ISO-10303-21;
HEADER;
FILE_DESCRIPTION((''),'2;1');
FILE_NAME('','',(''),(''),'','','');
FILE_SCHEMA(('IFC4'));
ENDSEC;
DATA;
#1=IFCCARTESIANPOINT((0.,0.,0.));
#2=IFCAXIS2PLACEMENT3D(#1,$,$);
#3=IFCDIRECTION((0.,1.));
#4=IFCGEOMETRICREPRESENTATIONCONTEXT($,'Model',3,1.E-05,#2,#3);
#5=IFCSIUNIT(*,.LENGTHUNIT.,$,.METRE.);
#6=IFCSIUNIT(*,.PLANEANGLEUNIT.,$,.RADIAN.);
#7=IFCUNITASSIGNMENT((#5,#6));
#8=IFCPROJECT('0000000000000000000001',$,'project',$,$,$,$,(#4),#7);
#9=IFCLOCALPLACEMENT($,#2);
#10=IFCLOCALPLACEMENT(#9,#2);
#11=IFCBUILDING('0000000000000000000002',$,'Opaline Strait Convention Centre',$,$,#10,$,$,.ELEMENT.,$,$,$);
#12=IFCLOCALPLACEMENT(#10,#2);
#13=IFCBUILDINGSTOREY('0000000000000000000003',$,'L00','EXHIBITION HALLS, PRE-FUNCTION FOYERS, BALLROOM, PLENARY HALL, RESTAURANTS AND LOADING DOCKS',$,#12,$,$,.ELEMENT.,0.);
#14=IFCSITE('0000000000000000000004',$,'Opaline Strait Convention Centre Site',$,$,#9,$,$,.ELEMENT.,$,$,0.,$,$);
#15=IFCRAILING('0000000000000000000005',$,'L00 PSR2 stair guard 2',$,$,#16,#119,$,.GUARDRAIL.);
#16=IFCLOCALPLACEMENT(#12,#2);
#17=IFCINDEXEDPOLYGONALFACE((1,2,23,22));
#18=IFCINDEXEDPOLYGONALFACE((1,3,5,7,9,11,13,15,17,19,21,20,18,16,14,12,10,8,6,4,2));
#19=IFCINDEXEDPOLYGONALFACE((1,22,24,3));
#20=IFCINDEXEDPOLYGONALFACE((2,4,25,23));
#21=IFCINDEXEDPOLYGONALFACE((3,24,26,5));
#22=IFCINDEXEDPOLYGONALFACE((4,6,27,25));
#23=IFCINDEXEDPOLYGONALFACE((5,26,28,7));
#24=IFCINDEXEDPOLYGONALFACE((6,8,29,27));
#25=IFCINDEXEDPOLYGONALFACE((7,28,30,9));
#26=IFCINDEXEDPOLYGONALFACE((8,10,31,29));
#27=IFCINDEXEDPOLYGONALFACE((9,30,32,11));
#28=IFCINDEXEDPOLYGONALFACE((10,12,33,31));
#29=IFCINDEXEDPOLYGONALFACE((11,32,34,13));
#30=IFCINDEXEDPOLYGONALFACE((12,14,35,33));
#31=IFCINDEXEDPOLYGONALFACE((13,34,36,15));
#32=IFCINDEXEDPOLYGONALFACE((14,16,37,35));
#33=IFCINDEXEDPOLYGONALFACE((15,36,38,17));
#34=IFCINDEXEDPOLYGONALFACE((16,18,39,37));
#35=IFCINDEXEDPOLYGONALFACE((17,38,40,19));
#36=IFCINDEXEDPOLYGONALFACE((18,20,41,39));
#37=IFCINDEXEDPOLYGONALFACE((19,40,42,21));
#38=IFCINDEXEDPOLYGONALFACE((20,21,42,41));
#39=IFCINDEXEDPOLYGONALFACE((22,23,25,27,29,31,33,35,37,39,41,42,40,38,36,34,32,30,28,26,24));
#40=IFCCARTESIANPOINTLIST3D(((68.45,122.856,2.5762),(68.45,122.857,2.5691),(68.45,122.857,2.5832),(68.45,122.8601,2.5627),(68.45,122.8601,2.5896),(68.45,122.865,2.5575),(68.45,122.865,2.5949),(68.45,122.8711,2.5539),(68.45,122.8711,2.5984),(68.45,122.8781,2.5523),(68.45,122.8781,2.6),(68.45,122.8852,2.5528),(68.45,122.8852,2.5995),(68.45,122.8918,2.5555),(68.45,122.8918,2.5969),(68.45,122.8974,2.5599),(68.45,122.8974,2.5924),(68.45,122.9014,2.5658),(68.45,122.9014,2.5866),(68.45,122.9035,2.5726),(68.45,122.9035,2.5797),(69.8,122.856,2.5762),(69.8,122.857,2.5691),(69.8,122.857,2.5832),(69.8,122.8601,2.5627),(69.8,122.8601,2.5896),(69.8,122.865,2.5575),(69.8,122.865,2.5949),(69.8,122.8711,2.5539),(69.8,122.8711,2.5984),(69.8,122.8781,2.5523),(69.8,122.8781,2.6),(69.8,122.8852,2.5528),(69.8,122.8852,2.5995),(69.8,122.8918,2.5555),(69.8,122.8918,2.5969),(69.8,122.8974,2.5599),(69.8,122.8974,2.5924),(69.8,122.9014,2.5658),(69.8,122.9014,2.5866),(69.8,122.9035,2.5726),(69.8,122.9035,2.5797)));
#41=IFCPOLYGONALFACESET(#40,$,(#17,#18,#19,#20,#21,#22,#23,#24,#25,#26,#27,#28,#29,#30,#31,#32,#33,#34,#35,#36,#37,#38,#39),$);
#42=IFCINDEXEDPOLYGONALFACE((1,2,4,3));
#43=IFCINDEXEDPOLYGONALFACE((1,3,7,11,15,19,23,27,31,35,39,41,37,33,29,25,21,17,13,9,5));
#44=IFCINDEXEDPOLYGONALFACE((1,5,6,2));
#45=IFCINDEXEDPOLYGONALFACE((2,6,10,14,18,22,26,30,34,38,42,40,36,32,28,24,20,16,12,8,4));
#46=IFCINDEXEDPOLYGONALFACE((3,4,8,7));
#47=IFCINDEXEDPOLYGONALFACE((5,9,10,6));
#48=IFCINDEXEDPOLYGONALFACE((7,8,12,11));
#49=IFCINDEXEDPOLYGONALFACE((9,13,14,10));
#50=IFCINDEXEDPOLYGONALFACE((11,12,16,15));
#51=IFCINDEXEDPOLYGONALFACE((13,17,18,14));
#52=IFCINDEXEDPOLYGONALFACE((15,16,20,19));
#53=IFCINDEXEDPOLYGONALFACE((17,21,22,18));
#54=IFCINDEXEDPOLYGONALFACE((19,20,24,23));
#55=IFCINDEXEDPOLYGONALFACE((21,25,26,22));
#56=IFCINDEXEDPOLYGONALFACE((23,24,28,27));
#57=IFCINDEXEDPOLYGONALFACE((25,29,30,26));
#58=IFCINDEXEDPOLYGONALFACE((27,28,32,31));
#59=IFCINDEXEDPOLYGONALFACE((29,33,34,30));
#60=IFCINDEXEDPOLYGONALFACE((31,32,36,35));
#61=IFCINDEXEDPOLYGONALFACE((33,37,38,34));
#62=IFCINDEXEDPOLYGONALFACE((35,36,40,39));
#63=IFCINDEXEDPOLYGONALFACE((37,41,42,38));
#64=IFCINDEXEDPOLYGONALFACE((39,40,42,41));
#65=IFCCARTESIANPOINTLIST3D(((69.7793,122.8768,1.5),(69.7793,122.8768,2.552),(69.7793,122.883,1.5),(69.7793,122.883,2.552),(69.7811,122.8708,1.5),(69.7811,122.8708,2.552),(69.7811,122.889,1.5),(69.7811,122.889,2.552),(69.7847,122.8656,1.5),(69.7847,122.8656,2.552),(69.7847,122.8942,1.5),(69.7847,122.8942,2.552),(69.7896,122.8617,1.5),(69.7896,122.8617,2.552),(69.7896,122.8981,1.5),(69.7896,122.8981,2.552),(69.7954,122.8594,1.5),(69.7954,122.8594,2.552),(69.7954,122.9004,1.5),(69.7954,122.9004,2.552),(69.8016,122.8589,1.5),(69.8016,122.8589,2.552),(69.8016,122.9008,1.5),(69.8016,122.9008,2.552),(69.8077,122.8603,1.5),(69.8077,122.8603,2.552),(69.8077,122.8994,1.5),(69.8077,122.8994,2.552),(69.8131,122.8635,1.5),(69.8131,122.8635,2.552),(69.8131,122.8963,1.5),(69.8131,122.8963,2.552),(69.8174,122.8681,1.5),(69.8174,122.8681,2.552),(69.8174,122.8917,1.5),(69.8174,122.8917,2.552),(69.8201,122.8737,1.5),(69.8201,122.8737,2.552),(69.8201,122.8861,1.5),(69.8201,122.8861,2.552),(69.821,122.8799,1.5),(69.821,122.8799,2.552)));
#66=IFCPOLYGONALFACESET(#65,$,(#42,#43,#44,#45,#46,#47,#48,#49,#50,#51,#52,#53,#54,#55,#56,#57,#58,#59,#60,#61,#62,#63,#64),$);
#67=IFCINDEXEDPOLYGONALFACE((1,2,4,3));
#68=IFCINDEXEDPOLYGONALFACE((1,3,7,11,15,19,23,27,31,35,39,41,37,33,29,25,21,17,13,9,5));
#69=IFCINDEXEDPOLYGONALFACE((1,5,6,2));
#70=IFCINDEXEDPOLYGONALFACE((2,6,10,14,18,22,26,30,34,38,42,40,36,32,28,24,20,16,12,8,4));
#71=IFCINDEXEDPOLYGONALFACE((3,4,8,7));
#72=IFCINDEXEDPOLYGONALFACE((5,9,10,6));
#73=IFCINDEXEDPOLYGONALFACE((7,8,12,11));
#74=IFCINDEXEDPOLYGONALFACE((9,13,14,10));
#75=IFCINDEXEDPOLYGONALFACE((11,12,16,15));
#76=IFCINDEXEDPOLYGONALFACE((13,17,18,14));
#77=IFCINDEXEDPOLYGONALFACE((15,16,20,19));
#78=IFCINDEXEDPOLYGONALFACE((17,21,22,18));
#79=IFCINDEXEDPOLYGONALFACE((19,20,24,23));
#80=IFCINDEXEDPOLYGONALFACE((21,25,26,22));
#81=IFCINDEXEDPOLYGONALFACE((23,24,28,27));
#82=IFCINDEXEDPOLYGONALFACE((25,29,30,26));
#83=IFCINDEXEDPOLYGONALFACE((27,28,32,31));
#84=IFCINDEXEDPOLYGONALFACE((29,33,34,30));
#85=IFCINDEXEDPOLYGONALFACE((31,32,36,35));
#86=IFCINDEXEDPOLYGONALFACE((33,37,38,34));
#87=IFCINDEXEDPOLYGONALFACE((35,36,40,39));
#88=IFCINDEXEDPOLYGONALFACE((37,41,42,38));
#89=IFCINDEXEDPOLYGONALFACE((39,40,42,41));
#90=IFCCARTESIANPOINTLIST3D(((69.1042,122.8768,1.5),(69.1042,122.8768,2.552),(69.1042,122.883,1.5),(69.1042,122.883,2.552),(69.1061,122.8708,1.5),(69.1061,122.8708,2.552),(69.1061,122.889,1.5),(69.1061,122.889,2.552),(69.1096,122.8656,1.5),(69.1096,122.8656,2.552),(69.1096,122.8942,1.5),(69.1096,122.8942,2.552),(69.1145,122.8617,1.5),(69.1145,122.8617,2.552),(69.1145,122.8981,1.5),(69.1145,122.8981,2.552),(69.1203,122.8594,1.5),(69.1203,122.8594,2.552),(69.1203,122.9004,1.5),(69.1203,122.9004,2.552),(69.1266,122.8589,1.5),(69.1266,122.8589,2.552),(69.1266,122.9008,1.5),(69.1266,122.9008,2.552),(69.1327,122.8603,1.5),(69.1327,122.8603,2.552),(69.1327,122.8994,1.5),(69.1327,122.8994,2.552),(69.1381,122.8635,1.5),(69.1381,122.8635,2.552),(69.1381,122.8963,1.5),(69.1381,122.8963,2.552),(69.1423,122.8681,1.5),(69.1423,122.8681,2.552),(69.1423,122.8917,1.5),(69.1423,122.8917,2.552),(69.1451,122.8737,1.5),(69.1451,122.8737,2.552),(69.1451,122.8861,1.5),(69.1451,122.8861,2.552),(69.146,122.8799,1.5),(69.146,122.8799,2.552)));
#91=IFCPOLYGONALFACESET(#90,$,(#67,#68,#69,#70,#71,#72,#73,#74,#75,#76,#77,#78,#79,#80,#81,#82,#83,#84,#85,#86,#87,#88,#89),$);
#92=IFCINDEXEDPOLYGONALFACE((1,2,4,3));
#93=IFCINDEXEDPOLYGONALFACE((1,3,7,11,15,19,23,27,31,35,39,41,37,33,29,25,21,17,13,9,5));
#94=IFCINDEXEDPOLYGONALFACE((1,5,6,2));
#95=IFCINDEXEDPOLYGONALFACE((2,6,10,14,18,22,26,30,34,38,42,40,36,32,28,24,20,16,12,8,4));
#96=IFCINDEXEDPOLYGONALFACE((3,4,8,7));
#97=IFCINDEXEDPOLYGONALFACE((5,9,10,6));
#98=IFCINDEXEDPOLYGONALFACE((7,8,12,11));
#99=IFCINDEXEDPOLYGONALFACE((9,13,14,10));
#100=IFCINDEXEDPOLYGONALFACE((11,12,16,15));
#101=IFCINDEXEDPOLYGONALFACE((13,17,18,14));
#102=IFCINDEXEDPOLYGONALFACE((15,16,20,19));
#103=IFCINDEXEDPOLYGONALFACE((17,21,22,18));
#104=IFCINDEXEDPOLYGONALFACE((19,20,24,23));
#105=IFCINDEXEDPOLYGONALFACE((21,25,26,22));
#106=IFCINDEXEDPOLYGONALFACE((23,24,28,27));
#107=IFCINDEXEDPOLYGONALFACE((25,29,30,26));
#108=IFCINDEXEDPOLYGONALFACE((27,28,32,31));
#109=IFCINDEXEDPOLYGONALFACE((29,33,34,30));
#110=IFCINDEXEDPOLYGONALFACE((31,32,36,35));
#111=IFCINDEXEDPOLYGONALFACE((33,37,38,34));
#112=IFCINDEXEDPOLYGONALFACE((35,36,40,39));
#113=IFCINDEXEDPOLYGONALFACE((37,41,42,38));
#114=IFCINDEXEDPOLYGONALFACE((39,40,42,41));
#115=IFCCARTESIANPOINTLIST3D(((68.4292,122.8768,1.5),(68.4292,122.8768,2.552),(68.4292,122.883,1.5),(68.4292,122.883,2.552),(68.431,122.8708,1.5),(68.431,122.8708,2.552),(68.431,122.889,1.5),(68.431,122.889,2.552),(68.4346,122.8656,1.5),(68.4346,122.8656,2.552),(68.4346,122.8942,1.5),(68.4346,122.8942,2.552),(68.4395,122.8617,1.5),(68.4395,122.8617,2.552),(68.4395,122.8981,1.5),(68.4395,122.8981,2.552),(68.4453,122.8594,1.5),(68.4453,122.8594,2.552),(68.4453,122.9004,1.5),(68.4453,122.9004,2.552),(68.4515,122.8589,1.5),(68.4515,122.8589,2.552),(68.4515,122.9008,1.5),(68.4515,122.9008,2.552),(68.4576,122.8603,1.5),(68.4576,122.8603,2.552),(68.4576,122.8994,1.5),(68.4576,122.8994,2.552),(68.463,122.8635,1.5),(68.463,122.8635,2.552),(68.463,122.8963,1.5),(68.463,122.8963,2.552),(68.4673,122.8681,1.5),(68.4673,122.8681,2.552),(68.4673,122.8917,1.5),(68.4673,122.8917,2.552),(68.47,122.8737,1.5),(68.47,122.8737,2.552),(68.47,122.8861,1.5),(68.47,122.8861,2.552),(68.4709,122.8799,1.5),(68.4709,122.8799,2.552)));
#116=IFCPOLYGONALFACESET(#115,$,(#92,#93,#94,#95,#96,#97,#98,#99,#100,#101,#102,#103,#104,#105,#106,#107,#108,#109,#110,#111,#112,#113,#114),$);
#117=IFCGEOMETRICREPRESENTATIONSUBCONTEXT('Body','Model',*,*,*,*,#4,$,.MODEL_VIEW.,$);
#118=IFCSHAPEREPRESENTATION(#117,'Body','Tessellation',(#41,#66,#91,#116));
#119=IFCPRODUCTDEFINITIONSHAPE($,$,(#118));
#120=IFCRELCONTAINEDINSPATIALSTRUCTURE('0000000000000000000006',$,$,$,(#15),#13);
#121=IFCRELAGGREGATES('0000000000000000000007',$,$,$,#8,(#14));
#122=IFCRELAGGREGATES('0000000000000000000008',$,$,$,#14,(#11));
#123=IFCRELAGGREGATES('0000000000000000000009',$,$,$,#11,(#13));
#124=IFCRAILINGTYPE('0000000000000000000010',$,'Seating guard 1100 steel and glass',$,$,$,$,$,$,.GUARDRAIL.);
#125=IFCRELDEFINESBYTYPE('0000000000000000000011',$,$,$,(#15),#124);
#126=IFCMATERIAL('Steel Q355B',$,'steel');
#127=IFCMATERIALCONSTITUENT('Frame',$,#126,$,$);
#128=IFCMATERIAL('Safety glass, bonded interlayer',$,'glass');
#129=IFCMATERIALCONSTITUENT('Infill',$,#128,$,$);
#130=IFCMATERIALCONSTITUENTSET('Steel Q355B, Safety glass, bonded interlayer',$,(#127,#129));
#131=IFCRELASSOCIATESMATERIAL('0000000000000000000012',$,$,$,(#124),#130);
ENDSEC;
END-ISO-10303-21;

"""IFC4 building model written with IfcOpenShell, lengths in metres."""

from ifc_helpers import new_model, si_unit, direction, frame, origin, origin_2d, place, context, subcontext, project, spatial, circle, extrude, material, constituent, constituent_set, type_object, element, save


model = new_model("IFC4")

# Units and contexts
model_context = context("Model", 3, precision=1e-05, world=origin(), true_north=direction((0.0, 1.0)))
body_context = subcontext(model_context, "Body", "Model", "MODEL_VIEW")
ifc_project = project(units=[si_unit("LENGTHUNIT", "METRE"), si_unit("PLANEANGLEUNIT", "RADIAN")], contexts=[model_context])

# Site, building, storey
site_placement = place(None, origin())
site = spatial("IfcSite", under=ifc_project, at=site_placement, Name="Opaline Strait Convention Centre Site", CompositionType="ELEMENT", RefElevation=0.0)
building_placement = place(site_placement, origin())
building = spatial("IfcBuilding", under=site, at=building_placement, Name="Opaline Strait Convention Centre", CompositionType="ELEMENT")
storey_placement = place(building_placement, origin())
storey = spatial("IfcBuildingStorey", under=building, at=storey_placement, Name="L00", Description="EXHIBITION HALLS, PRE-FUNCTION FOYERS, BALLROOM, PLENARY HALL, RESTAURANTS AND LOADING DOCKS", CompositionType="ELEMENT", Elevation=0.0)

# Railing
ifc_material_1 = material(Name="Steel Q355B", Category="steel")
ifc_constituent_1 = constituent(ifc_material_1, Name="Frame")
ifc_material_2 = material(Name="Safety glass, bonded interlayer", Category="glass")
ifc_constituent_2 = constituent(ifc_material_2, Name="Infill")
ifc_constituent_set = constituent_set(constituents=[ifc_constituent_1, ifc_constituent_2], Name="Steel Q355B, Safety glass, bonded interlayer")
railing_type_1 = type_object("IfcRailingType", Name="Seating guard 1100 steel and glass", PredefinedType="GUARDRAIL", material=ifc_constituent_set)
railing_1_placement = place(storey_placement, frame((69.8, 122.8799, 1.5)))
element("IfcRailing", 1, at=railing_1_placement, inside=storey, type_object=railing_type_1, Name="L00 PSR2 stair guard 2", PredefinedType="GUARDRAIL", context=body_context, shape_type="SweptSolid", body=[
    extrude(circle(Radius=0.0239, at=origin_2d()), frame((0.0, 0.0, 1.0762), z_axis=(-1.0, 0.0, 0.0), x_axis=(0.0, -1.0, 0.0)), (0.0, 0.0, 1.0), 1.3501),
    extrude(circle(Radius=0.021, at=origin_2d()), origin(), (0.0, 0.0, 1.0), 1.052),
    extrude(circle(Radius=0.021, at=origin_2d()), frame((-0.675, 0.0, 0.0)), (0.0, 0.0, 1.0), 1.052),
    extrude(circle(Radius=0.021, at=origin_2d()), frame((-1.3501, 0.0, 0.0)), (0.0, 0.0, 1.0), 1.052),
])

save(model, "model.ifc")
